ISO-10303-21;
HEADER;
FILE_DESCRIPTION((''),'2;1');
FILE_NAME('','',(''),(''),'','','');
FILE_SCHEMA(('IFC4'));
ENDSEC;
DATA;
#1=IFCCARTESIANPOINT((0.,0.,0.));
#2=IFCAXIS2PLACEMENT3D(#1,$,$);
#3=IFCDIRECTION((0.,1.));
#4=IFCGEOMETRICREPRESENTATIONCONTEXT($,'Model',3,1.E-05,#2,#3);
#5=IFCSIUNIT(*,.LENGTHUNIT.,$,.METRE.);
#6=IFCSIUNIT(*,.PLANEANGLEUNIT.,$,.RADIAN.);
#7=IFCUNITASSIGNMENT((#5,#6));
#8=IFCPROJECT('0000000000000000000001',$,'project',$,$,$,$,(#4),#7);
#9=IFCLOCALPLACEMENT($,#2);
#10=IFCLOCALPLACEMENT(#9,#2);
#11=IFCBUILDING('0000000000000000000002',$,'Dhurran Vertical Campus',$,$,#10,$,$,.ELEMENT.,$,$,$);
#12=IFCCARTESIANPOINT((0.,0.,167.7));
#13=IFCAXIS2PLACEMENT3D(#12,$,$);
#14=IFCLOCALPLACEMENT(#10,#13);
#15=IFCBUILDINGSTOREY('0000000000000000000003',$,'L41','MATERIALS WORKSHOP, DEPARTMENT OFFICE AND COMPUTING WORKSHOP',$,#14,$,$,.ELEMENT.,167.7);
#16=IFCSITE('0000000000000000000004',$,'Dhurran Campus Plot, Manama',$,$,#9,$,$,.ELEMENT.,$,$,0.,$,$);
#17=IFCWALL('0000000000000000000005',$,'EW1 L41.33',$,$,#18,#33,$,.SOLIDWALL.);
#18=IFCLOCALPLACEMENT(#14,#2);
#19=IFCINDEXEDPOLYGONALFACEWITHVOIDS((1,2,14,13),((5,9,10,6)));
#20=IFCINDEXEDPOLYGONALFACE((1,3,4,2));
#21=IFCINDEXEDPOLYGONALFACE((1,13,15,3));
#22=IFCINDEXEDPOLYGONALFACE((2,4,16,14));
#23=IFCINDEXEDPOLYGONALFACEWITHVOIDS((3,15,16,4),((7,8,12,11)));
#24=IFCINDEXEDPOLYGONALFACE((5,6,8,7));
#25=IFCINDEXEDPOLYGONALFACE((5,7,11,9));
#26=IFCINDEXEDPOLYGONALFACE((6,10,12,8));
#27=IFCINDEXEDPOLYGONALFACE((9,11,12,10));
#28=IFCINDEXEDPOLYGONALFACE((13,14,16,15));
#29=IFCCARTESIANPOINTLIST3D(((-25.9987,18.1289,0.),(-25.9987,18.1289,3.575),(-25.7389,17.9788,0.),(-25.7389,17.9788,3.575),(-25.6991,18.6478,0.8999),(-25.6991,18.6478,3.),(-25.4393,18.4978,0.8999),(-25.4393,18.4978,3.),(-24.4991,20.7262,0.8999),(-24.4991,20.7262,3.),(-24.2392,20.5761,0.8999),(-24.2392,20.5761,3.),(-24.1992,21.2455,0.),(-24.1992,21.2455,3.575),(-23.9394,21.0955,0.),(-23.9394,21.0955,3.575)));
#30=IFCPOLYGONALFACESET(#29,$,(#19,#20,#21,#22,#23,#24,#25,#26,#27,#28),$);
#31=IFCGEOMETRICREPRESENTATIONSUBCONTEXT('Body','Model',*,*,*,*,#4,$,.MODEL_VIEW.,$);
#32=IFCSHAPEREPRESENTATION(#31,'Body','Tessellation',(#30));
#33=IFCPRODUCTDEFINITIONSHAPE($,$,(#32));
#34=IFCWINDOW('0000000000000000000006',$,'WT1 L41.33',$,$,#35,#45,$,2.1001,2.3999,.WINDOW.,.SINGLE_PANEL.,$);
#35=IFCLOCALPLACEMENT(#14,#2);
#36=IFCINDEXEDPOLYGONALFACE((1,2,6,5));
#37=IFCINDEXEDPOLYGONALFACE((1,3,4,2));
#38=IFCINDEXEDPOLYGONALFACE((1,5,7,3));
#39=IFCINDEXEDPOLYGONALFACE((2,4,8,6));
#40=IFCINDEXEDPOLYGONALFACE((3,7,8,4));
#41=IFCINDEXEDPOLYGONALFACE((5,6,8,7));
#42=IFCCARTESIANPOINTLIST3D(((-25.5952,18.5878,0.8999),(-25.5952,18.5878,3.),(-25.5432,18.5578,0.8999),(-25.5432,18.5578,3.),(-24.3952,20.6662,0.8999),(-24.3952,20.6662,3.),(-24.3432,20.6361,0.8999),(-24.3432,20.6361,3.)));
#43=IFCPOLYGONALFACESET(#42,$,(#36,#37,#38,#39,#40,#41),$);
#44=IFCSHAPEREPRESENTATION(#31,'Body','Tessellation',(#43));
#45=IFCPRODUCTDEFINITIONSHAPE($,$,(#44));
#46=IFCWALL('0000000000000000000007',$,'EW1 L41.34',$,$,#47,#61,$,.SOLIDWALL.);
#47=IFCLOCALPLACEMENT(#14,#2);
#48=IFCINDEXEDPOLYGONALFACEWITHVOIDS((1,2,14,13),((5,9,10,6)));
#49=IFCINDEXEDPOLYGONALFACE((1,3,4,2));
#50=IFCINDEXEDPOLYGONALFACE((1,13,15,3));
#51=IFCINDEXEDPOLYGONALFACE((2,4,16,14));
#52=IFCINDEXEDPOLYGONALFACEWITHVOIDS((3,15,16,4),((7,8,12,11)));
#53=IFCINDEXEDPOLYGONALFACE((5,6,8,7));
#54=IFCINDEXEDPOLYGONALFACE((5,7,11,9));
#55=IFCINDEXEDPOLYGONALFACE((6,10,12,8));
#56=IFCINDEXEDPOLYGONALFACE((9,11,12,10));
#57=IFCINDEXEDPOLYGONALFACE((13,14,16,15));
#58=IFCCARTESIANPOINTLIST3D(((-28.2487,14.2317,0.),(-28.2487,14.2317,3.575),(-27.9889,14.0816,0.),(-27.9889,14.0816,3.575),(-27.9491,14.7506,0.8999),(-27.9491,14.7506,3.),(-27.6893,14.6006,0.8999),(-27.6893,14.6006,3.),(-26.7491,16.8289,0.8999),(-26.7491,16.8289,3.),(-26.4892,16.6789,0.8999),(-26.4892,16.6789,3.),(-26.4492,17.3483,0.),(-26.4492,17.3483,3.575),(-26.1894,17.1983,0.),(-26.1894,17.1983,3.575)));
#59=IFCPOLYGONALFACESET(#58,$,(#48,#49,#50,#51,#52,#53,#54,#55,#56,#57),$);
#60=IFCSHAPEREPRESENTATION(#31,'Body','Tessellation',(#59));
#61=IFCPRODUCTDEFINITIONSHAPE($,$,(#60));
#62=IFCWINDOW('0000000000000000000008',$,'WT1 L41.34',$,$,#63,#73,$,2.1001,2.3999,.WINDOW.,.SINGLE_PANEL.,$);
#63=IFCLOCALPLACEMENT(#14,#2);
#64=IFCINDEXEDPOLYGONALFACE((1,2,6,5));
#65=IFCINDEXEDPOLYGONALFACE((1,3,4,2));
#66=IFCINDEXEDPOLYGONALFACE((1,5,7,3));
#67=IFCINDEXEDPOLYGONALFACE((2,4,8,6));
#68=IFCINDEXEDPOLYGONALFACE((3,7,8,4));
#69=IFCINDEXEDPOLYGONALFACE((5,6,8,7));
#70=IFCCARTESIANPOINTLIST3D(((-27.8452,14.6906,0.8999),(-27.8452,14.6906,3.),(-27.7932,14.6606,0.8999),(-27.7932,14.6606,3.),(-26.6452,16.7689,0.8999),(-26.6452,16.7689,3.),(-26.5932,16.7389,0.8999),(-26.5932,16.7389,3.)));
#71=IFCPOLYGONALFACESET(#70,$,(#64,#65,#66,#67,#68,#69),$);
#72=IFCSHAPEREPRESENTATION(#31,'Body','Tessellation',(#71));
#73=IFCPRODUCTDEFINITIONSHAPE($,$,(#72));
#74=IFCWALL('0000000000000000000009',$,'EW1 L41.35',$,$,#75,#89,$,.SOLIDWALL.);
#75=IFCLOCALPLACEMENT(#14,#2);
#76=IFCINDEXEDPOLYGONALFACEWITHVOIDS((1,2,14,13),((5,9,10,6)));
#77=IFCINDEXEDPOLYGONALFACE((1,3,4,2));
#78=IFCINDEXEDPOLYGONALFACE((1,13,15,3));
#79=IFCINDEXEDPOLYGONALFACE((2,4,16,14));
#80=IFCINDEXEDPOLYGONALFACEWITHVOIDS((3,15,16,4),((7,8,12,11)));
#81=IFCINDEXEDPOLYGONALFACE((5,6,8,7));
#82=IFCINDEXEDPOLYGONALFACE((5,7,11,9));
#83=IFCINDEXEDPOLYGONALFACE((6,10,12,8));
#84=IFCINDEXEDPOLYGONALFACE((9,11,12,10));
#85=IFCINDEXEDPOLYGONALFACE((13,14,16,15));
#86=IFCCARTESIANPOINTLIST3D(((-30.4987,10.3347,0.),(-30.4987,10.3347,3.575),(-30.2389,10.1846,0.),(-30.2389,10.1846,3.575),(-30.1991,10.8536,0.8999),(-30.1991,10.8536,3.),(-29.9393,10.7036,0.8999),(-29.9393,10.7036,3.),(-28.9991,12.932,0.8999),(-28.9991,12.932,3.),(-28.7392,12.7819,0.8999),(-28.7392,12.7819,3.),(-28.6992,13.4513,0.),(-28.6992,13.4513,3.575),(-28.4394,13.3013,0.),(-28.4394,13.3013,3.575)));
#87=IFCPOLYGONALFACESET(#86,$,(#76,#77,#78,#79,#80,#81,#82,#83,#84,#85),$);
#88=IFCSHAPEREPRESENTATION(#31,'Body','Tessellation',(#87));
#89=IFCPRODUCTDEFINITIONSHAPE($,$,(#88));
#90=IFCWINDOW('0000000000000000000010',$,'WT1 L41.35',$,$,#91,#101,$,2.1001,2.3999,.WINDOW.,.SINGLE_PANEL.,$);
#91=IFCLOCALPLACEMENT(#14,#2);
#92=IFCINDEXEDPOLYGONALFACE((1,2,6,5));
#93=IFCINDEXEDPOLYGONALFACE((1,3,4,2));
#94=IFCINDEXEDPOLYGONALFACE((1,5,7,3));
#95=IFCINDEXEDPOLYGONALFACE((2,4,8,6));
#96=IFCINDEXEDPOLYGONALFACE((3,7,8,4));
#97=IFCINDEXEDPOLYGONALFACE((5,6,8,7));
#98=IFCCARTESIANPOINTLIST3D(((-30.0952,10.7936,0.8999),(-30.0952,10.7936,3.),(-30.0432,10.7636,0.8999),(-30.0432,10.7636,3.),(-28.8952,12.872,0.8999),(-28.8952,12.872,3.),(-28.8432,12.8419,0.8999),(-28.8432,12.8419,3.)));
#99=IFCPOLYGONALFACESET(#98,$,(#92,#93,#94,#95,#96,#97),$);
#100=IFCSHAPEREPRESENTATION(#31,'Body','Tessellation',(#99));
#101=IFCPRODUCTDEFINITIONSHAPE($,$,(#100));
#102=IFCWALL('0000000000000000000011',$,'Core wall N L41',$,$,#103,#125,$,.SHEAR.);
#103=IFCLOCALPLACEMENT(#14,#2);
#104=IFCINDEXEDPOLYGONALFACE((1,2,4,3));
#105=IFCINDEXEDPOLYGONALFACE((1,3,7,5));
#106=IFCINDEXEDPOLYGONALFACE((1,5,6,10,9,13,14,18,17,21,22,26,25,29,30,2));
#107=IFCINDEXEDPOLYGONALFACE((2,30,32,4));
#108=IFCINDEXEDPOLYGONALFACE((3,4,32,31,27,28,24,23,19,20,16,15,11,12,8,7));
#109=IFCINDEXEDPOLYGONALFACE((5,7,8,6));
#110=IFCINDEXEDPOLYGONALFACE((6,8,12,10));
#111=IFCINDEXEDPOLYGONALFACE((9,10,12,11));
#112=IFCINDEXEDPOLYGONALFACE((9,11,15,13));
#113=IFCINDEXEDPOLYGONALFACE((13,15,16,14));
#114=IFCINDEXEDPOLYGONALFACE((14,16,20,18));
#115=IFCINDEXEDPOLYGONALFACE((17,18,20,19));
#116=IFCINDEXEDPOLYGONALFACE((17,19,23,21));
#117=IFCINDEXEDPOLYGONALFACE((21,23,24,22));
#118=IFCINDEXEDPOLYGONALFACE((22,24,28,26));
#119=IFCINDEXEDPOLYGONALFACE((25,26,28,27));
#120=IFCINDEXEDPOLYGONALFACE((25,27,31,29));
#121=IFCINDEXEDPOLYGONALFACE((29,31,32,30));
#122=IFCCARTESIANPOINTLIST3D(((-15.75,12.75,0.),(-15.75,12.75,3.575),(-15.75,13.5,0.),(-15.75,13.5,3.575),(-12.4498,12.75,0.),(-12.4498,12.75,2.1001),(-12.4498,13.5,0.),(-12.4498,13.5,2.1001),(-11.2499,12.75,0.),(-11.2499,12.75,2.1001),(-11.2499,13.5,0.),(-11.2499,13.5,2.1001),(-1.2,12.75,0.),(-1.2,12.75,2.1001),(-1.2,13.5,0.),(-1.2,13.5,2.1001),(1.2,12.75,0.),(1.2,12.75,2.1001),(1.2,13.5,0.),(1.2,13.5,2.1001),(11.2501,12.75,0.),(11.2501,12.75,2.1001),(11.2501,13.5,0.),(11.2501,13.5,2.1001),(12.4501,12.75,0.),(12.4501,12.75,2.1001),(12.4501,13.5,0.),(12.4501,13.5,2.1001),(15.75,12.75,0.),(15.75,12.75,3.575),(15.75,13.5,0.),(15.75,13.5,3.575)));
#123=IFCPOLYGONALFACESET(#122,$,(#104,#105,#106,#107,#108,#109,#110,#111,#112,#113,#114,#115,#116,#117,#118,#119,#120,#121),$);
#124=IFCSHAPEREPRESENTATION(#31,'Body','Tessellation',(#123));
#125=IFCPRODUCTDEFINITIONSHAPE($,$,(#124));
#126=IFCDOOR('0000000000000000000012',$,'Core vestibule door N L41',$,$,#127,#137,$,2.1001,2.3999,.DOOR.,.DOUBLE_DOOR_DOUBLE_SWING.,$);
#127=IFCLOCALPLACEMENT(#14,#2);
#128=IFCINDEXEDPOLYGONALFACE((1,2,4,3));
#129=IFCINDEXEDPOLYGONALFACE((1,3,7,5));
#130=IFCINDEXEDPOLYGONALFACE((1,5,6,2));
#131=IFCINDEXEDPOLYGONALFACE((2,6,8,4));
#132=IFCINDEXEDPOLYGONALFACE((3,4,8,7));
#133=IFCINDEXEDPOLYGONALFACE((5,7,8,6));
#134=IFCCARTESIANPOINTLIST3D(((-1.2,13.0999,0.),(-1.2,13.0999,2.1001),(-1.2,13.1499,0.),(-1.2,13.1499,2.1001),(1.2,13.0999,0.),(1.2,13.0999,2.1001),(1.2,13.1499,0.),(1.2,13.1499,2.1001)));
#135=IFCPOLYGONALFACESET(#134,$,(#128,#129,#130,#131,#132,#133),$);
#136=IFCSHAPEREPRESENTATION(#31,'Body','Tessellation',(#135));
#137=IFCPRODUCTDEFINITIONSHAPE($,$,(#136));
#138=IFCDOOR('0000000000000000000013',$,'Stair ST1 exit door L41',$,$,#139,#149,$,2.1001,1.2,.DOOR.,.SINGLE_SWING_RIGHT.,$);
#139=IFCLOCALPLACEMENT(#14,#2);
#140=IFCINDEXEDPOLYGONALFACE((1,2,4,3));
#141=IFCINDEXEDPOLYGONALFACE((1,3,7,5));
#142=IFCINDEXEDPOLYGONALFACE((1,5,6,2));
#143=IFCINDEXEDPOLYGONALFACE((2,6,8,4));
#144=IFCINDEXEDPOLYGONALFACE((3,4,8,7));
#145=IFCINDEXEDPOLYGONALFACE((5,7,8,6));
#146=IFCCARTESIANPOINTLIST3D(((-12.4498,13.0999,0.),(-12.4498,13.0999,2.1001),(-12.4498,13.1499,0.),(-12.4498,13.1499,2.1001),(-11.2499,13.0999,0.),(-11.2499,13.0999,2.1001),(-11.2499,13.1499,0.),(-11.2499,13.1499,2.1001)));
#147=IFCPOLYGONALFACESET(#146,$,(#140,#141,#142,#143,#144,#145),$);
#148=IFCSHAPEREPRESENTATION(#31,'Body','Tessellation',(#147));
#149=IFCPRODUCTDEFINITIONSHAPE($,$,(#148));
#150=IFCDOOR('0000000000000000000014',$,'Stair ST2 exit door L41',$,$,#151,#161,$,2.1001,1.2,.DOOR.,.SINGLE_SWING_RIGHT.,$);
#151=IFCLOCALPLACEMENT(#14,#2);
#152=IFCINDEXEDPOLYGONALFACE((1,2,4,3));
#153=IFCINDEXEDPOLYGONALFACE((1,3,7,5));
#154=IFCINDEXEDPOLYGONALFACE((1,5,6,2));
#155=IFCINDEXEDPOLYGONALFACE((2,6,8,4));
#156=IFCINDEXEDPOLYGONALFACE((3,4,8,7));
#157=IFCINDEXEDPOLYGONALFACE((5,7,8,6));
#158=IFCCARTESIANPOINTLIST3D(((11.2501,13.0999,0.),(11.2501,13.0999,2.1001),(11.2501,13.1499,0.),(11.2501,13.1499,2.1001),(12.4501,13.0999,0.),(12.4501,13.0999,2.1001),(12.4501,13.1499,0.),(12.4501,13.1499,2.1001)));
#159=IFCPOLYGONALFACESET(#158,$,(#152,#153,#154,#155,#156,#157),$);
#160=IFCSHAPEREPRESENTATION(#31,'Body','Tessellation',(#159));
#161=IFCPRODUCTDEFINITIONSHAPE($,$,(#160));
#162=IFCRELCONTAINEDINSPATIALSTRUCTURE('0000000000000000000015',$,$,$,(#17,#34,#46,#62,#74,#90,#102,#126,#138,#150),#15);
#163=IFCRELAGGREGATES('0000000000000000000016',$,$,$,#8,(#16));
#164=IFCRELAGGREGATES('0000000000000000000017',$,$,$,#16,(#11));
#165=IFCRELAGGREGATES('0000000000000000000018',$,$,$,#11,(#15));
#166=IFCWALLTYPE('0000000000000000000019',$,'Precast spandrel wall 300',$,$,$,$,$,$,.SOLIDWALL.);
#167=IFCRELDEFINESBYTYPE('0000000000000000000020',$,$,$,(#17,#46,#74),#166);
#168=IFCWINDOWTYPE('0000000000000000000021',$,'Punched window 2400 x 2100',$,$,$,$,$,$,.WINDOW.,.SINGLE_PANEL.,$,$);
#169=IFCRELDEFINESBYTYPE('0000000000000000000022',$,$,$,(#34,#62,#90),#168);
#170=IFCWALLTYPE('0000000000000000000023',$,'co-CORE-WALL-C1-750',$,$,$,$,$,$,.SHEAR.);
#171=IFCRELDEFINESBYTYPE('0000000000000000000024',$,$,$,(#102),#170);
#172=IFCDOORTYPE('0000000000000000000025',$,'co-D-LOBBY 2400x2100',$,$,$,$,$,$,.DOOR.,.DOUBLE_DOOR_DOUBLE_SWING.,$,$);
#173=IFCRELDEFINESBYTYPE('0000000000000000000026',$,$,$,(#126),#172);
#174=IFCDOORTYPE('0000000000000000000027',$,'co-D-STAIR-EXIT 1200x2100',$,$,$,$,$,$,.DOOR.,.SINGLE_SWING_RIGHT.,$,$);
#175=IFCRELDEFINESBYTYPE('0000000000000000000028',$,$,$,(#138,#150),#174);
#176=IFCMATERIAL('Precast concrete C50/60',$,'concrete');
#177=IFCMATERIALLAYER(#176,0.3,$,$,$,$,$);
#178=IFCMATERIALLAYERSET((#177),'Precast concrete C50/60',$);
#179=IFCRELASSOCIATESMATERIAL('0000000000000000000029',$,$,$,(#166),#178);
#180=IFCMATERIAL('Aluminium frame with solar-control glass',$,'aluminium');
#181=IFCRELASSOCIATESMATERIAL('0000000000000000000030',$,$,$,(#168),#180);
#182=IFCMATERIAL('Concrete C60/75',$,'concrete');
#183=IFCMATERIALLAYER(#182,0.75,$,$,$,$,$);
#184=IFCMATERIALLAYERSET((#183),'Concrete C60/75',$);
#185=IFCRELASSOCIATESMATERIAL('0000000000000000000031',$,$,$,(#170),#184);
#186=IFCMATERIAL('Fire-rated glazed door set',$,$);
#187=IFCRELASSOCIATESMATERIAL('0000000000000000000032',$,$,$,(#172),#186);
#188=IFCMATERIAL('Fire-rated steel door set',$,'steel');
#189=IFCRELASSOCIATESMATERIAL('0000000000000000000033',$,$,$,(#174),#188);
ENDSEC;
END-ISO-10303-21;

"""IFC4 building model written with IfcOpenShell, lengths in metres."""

from ifc_helpers import new_model, si_unit, direction, frame, frame_2d, origin, place, context, subcontext, project, spatial, rectangle, extrude, material, layer, layer_set, type_object, element, fill, save


model = new_model("IFC4")

# Units and contexts
model_context = context("Model", 3, precision=1e-05, world=origin(), true_north=direction((0.0, 1.0)))
body_context = subcontext(model_context, "Body", "Model", "MODEL_VIEW")
ifc_project = project(units=[si_unit("LENGTHUNIT", "METRE"), si_unit("PLANEANGLEUNIT", "RADIAN")], contexts=[model_context])

# Site, building, storey
site_placement = place(None, origin())
site = spatial("IfcSite", under=ifc_project, at=site_placement, Name="Dhurran Campus Plot, Manama", CompositionType="ELEMENT", RefElevation=0.0)
building_placement = place(site_placement, origin())
building = spatial("IfcBuilding", under=site, at=building_placement, Name="Dhurran Vertical Campus", CompositionType="ELEMENT")
storey_placement = place(building_placement, frame((0.0, 0.0, 167.7)))
storey = spatial("IfcBuildingStorey", under=building, at=storey_placement, Name="L41", Description="MATERIALS WORKSHOP, DEPARTMENT OFFICE AND COMPUTING WORKSHOP", CompositionType="ELEMENT", Elevation=167.7)

# Walls, openings, windows
ifc_material_1 = material(Name="Precast concrete C50/60", Category="concrete")
ifc_layer_1 = layer(ifc_material_1, 0.3)
ifc_layer_set_1 = layer_set([ifc_layer_1], Name="Precast concrete C50/60")
wall_type_1 = type_object("IfcWallType", Name="Precast spandrel wall 300", PredefinedType="SOLIDWALL", material=ifc_layer_set_1)
ifc_material_2 = material(Name="Aluminium frame with solar-control glass", Category="aluminium")
window_type = type_object("IfcWindowType", Name="Punched window 2400 x 2100", PartitioningType="SINGLE_PANEL", PredefinedType="WINDOW", material=ifc_material_2)
wall_1_placement = place(storey_placement, frame((-24.0693, 21.1704, 0.0), z_axis=(0.0, 0.0, 1.0), x_axis=(-0.500028, -0.866009, 0.0)))
wall_1 = element("IfcWall", 1, at=wall_1_placement, inside=storey, type_object=wall_type_1, Name="EW1 L41.33", PredefinedType="SOLIDWALL", context=body_context, shape_type="SweptSolid", body=[
    extrude(rectangle(XDim=3.5989, YDim=0.3, at=frame_2d((1.7993, 0.0))), origin(), (0.0, 0.0, 1.0), 3.575),
])
opening_1_placement = place(wall_1_placement, frame((0.5996, 0.0, 0.8999)))
opening_1 = element("IfcOpeningElement", 2, at=opening_1_placement, cuts=wall_1, PredefinedType="OPENING", context=body_context, shape_type="SweptSolid", body=[
    extrude(rectangle(XDim=2.3999, YDim=2.1001, at=frame_2d((1.2, 1.05))), frame((0.0, 0.1599, 0.0), z_axis=(0.0, -1.0, 0.0), x_axis=(1.0, 0.0, 0.0)), (0.0, 0.0, 1.0), 0.3201),
])
window_1_placement = place(opening_1_placement, origin())
window_1 = element("IfcWindow", 3, at=window_1_placement, inside=storey, type_object=window_type, Name="WT1 L41.33", OverallHeight=2.1001, OverallWidth=2.3999, PartitioningType="SINGLE_PANEL", PredefinedType="WINDOW", context=body_context, shape_type="SweptSolid", body=[
    extrude(rectangle(XDim=2.3999, YDim=2.1001, at=frame_2d((1.2, 1.05))), frame((0.0, 0.03, 0.0), z_axis=(0.0, -1.0, 0.0), x_axis=(1.0, 0.0, 0.0)), (0.0, 0.0, 1.0), 0.0601),
])
fill(opening_1, window_1)
wall_2_placement = place(storey_placement, frame((-26.3193, 17.2732, 0.0), z_axis=(0.0, 0.0, 1.0), x_axis=(-0.500028, -0.866009, 0.0)))
wall_2 = element("IfcWall", 4, at=wall_2_placement, inside=storey, type_object=wall_type_1, Name="EW1 L41.34", PredefinedType="SOLIDWALL", context=body_context, shape_type="SweptSolid", body=[
    extrude(rectangle(XDim=3.5989, YDim=0.3, at=frame_2d((1.7993, 0.0))), origin(), (0.0, 0.0, 1.0), 3.575),
])
opening_2_placement = place(wall_2_placement, frame((0.5996, 0.0, 0.8999)))
opening_2 = element("IfcOpeningElement", 5, at=opening_2_placement, cuts=wall_2, PredefinedType="OPENING", context=body_context, shape_type="SweptSolid", body=[
    extrude(rectangle(XDim=2.3999, YDim=2.1001, at=frame_2d((1.2, 1.05))), frame((0.0, 0.1599, 0.0), z_axis=(0.0, -1.0, 0.0), x_axis=(1.0, 0.0, 0.0)), (0.0, 0.0, 1.0), 0.3201),
])
window_2_placement = place(opening_2_placement, origin())
window_2 = element("IfcWindow", 6, at=window_2_placement, inside=storey, type_object=window_type, Name="WT1 L41.34", OverallHeight=2.1001, OverallWidth=2.3999, PartitioningType="SINGLE_PANEL", PredefinedType="WINDOW", context=body_context, shape_type="SweptSolid", body=[
    extrude(rectangle(XDim=2.3999, YDim=2.1001, at=frame_2d((1.2, 1.05))), frame((0.0, 0.03, 0.0), z_axis=(0.0, -1.0, 0.0), x_axis=(1.0, 0.0, 0.0)), (0.0, 0.0, 1.0), 0.0601),
])
fill(opening_2, window_2)
wall_3_placement = place(storey_placement, frame((-28.5693, 13.3762, 0.0), z_axis=(0.0, 0.0, 1.0), x_axis=(-0.500028, -0.866009, 0.0)))
wall_3 = element("IfcWall", 7, at=wall_3_placement, inside=storey, type_object=wall_type_1, Name="EW1 L41.35", PredefinedType="SOLIDWALL", context=body_context, shape_type="SweptSolid", body=[
    extrude(rectangle(XDim=3.5989, YDim=0.3, at=frame_2d((1.7993, 0.0))), origin(), (0.0, 0.0, 1.0), 3.575),
])
opening_3_placement = place(wall_3_placement, frame((0.5996, 0.0, 0.8999)))
opening_3 = element("IfcOpeningElement", 8, at=opening_3_placement, cuts=wall_3, PredefinedType="OPENING", context=body_context, shape_type="SweptSolid", body=[
    extrude(rectangle(XDim=2.3999, YDim=2.1001, at=frame_2d((1.2, 1.05))), frame((0.0, 0.1599, 0.0), z_axis=(0.0, -1.0, 0.0), x_axis=(1.0, 0.0, 0.0)), (0.0, 0.0, 1.0), 0.3201),
])
window_3_placement = place(opening_3_placement, origin())
window_3 = element("IfcWindow", 9, at=window_3_placement, inside=storey, type_object=window_type, Name="WT1 L41.35", OverallHeight=2.1001, OverallWidth=2.3999, PartitioningType="SINGLE_PANEL", PredefinedType="WINDOW", context=body_context, shape_type="SweptSolid", body=[
    extrude(rectangle(XDim=2.3999, YDim=2.1001, at=frame_2d((1.2, 1.05))), frame((0.0, 0.03, 0.0), z_axis=(0.0, -1.0, 0.0), x_axis=(1.0, 0.0, 0.0)), (0.0, 0.0, 1.0), 0.0601),
])
fill(opening_3, window_3)

# Wall, openings, doors
ifc_material_3 = material(Name="Concrete C60/75", Category="concrete")
ifc_layer_2 = layer(ifc_material_3, 0.75)
ifc_layer_set_2 = layer_set([ifc_layer_2], Name="Concrete C60/75")
wall_type_2 = type_object("IfcWallType", Name="co-CORE-WALL-C1-750", PredefinedType="SHEAR", material=ifc_layer_set_2)
wall_4_placement = place(storey_placement, frame((-15.75, 13.125, 0.0), z_axis=(0.0, 0.0, 1.0), x_axis=(1.0, 0.0, 0.0)))
wall_4 = element("IfcWall", 10, at=wall_4_placement, inside=storey, type_object=wall_type_2, Name="Core wall N L41", PredefinedType="SHEAR", context=body_context, shape_type="SweptSolid", body=[
    extrude(rectangle(XDim=31.5, YDim=0.75, at=frame_2d((15.75, 0.0))), origin(), (0.0, 0.0, 1.0), 3.575),
])
opening_4_placement = place(wall_4_placement, frame((14.55, 0.0, 0.0)))
opening_4 = element("IfcOpeningElement", 11, at=opening_4_placement, cuts=wall_4, PredefinedType="OPENING", context=body_context, shape_type="SweptSolid", body=[
    extrude(rectangle(XDim=2.3999, YDim=2.1001, at=frame_2d((1.2, 1.05))), frame((0.0, 0.385, 0.0), z_axis=(0.0, -1.0, 0.0), x_axis=(1.0, 0.0, 0.0)), (0.0, 0.0, 1.0), 0.77),
])
opening_5_placement = place(wall_4_placement, frame((3.3, 0.0, 0.0)))
opening_5 = element("IfcOpeningElement", 12, at=opening_5_placement, cuts=wall_4, PredefinedType="OPENING", context=body_context, shape_type="SweptSolid", body=[
    extrude(rectangle(XDim=1.2, YDim=2.1001, at=frame_2d((0.6001, 1.05))), frame((0.0, 0.385, 0.0), z_axis=(0.0, -1.0, 0.0), x_axis=(1.0, 0.0, 0.0)), (0.0, 0.0, 1.0), 0.77),
])
opening_6_placement = place(wall_4_placement, frame((27.0, 0.0, 0.0)))
opening_6 = element("IfcOpeningElement", 13, at=opening_6_placement, cuts=wall_4, PredefinedType="OPENING", context=body_context, shape_type="SweptSolid", body=[
    extrude(rectangle(XDim=1.2, YDim=2.1001, at=frame_2d((0.6001, 1.05))), frame((0.0, 0.385, 0.0), z_axis=(0.0, -1.0, 0.0), x_axis=(1.0, 0.0, 0.0)), (0.0, 0.0, 1.0), 0.77),
])
ifc_material_4 = material(Name="Fire-rated glazed door set")
door_type_1 = type_object("IfcDoorType", Name="co-D-LOBBY 2400x2100", OperationType="DOUBLE_DOOR_DOUBLE_SWING", PredefinedType="DOOR", material=ifc_material_4)
door_1_placement = place(opening_4_placement, origin())
door_1 = element("IfcDoor", 14, at=door_1_placement, inside=storey, type_object=door_type_1, Name="Core vestibule door N L41", OperationType="DOUBLE_DOOR_DOUBLE_SWING", OverallHeight=2.1001, OverallWidth=2.3999, PredefinedType="DOOR", context=body_context, shape_type="SweptSolid", body=[
    extrude(rectangle(XDim=2.3999, YDim=2.1001, at=frame_2d((1.2, 1.05))), frame((0.0, 0.0249, 0.0), z_axis=(0.0, -1.0, 0.0), x_axis=(1.0, 0.0, 0.0)), (0.0, 0.0, 1.0), 0.05),
])
fill(opening_4, door_1)
ifc_material_5 = material(Name="Fire-rated steel door set", Category="steel")
door_type_2 = type_object("IfcDoorType", Name="co-D-STAIR-EXIT 1200x2100", OperationType="SINGLE_SWING_RIGHT", PredefinedType="DOOR", material=ifc_material_5)
door_2_placement = place(opening_5_placement, origin())
door_2 = element("IfcDoor", 15, at=door_2_placement, inside=storey, type_object=door_type_2, Name="Stair ST1 exit door L41", OperationType="SINGLE_SWING_RIGHT", OverallHeight=2.1001, OverallWidth=1.2, PredefinedType="DOOR", context=body_context, shape_type="SweptSolid", body=[
    extrude(rectangle(XDim=1.2, YDim=2.1001, at=frame_2d((0.6001, 1.05))), frame((0.0, 0.0249, 0.0), z_axis=(0.0, -1.0, 0.0), x_axis=(1.0, 0.0, 0.0)), (0.0, 0.0, 1.0), 0.05),
])
fill(opening_5, door_2)
door_3_placement = place(opening_6_placement, origin())
door_3 = element("IfcDoor", 16, at=door_3_placement, inside=storey, type_object=door_type_2, Name="Stair ST2 exit door L41", OperationType="SINGLE_SWING_RIGHT", OverallHeight=2.1001, OverallWidth=1.2, PredefinedType="DOOR", context=body_context, shape_type="SweptSolid", body=[
    extrude(rectangle(XDim=1.2, YDim=2.1001, at=frame_2d((0.6001, 1.05))), frame((0.0, 0.0249, 0.0), z_axis=(0.0, -1.0, 0.0), x_axis=(1.0, 0.0, 0.0)), (0.0, 0.0, 1.0), 0.05),
])
fill(opening_6, door_3)

save(model, "model.ifc")
